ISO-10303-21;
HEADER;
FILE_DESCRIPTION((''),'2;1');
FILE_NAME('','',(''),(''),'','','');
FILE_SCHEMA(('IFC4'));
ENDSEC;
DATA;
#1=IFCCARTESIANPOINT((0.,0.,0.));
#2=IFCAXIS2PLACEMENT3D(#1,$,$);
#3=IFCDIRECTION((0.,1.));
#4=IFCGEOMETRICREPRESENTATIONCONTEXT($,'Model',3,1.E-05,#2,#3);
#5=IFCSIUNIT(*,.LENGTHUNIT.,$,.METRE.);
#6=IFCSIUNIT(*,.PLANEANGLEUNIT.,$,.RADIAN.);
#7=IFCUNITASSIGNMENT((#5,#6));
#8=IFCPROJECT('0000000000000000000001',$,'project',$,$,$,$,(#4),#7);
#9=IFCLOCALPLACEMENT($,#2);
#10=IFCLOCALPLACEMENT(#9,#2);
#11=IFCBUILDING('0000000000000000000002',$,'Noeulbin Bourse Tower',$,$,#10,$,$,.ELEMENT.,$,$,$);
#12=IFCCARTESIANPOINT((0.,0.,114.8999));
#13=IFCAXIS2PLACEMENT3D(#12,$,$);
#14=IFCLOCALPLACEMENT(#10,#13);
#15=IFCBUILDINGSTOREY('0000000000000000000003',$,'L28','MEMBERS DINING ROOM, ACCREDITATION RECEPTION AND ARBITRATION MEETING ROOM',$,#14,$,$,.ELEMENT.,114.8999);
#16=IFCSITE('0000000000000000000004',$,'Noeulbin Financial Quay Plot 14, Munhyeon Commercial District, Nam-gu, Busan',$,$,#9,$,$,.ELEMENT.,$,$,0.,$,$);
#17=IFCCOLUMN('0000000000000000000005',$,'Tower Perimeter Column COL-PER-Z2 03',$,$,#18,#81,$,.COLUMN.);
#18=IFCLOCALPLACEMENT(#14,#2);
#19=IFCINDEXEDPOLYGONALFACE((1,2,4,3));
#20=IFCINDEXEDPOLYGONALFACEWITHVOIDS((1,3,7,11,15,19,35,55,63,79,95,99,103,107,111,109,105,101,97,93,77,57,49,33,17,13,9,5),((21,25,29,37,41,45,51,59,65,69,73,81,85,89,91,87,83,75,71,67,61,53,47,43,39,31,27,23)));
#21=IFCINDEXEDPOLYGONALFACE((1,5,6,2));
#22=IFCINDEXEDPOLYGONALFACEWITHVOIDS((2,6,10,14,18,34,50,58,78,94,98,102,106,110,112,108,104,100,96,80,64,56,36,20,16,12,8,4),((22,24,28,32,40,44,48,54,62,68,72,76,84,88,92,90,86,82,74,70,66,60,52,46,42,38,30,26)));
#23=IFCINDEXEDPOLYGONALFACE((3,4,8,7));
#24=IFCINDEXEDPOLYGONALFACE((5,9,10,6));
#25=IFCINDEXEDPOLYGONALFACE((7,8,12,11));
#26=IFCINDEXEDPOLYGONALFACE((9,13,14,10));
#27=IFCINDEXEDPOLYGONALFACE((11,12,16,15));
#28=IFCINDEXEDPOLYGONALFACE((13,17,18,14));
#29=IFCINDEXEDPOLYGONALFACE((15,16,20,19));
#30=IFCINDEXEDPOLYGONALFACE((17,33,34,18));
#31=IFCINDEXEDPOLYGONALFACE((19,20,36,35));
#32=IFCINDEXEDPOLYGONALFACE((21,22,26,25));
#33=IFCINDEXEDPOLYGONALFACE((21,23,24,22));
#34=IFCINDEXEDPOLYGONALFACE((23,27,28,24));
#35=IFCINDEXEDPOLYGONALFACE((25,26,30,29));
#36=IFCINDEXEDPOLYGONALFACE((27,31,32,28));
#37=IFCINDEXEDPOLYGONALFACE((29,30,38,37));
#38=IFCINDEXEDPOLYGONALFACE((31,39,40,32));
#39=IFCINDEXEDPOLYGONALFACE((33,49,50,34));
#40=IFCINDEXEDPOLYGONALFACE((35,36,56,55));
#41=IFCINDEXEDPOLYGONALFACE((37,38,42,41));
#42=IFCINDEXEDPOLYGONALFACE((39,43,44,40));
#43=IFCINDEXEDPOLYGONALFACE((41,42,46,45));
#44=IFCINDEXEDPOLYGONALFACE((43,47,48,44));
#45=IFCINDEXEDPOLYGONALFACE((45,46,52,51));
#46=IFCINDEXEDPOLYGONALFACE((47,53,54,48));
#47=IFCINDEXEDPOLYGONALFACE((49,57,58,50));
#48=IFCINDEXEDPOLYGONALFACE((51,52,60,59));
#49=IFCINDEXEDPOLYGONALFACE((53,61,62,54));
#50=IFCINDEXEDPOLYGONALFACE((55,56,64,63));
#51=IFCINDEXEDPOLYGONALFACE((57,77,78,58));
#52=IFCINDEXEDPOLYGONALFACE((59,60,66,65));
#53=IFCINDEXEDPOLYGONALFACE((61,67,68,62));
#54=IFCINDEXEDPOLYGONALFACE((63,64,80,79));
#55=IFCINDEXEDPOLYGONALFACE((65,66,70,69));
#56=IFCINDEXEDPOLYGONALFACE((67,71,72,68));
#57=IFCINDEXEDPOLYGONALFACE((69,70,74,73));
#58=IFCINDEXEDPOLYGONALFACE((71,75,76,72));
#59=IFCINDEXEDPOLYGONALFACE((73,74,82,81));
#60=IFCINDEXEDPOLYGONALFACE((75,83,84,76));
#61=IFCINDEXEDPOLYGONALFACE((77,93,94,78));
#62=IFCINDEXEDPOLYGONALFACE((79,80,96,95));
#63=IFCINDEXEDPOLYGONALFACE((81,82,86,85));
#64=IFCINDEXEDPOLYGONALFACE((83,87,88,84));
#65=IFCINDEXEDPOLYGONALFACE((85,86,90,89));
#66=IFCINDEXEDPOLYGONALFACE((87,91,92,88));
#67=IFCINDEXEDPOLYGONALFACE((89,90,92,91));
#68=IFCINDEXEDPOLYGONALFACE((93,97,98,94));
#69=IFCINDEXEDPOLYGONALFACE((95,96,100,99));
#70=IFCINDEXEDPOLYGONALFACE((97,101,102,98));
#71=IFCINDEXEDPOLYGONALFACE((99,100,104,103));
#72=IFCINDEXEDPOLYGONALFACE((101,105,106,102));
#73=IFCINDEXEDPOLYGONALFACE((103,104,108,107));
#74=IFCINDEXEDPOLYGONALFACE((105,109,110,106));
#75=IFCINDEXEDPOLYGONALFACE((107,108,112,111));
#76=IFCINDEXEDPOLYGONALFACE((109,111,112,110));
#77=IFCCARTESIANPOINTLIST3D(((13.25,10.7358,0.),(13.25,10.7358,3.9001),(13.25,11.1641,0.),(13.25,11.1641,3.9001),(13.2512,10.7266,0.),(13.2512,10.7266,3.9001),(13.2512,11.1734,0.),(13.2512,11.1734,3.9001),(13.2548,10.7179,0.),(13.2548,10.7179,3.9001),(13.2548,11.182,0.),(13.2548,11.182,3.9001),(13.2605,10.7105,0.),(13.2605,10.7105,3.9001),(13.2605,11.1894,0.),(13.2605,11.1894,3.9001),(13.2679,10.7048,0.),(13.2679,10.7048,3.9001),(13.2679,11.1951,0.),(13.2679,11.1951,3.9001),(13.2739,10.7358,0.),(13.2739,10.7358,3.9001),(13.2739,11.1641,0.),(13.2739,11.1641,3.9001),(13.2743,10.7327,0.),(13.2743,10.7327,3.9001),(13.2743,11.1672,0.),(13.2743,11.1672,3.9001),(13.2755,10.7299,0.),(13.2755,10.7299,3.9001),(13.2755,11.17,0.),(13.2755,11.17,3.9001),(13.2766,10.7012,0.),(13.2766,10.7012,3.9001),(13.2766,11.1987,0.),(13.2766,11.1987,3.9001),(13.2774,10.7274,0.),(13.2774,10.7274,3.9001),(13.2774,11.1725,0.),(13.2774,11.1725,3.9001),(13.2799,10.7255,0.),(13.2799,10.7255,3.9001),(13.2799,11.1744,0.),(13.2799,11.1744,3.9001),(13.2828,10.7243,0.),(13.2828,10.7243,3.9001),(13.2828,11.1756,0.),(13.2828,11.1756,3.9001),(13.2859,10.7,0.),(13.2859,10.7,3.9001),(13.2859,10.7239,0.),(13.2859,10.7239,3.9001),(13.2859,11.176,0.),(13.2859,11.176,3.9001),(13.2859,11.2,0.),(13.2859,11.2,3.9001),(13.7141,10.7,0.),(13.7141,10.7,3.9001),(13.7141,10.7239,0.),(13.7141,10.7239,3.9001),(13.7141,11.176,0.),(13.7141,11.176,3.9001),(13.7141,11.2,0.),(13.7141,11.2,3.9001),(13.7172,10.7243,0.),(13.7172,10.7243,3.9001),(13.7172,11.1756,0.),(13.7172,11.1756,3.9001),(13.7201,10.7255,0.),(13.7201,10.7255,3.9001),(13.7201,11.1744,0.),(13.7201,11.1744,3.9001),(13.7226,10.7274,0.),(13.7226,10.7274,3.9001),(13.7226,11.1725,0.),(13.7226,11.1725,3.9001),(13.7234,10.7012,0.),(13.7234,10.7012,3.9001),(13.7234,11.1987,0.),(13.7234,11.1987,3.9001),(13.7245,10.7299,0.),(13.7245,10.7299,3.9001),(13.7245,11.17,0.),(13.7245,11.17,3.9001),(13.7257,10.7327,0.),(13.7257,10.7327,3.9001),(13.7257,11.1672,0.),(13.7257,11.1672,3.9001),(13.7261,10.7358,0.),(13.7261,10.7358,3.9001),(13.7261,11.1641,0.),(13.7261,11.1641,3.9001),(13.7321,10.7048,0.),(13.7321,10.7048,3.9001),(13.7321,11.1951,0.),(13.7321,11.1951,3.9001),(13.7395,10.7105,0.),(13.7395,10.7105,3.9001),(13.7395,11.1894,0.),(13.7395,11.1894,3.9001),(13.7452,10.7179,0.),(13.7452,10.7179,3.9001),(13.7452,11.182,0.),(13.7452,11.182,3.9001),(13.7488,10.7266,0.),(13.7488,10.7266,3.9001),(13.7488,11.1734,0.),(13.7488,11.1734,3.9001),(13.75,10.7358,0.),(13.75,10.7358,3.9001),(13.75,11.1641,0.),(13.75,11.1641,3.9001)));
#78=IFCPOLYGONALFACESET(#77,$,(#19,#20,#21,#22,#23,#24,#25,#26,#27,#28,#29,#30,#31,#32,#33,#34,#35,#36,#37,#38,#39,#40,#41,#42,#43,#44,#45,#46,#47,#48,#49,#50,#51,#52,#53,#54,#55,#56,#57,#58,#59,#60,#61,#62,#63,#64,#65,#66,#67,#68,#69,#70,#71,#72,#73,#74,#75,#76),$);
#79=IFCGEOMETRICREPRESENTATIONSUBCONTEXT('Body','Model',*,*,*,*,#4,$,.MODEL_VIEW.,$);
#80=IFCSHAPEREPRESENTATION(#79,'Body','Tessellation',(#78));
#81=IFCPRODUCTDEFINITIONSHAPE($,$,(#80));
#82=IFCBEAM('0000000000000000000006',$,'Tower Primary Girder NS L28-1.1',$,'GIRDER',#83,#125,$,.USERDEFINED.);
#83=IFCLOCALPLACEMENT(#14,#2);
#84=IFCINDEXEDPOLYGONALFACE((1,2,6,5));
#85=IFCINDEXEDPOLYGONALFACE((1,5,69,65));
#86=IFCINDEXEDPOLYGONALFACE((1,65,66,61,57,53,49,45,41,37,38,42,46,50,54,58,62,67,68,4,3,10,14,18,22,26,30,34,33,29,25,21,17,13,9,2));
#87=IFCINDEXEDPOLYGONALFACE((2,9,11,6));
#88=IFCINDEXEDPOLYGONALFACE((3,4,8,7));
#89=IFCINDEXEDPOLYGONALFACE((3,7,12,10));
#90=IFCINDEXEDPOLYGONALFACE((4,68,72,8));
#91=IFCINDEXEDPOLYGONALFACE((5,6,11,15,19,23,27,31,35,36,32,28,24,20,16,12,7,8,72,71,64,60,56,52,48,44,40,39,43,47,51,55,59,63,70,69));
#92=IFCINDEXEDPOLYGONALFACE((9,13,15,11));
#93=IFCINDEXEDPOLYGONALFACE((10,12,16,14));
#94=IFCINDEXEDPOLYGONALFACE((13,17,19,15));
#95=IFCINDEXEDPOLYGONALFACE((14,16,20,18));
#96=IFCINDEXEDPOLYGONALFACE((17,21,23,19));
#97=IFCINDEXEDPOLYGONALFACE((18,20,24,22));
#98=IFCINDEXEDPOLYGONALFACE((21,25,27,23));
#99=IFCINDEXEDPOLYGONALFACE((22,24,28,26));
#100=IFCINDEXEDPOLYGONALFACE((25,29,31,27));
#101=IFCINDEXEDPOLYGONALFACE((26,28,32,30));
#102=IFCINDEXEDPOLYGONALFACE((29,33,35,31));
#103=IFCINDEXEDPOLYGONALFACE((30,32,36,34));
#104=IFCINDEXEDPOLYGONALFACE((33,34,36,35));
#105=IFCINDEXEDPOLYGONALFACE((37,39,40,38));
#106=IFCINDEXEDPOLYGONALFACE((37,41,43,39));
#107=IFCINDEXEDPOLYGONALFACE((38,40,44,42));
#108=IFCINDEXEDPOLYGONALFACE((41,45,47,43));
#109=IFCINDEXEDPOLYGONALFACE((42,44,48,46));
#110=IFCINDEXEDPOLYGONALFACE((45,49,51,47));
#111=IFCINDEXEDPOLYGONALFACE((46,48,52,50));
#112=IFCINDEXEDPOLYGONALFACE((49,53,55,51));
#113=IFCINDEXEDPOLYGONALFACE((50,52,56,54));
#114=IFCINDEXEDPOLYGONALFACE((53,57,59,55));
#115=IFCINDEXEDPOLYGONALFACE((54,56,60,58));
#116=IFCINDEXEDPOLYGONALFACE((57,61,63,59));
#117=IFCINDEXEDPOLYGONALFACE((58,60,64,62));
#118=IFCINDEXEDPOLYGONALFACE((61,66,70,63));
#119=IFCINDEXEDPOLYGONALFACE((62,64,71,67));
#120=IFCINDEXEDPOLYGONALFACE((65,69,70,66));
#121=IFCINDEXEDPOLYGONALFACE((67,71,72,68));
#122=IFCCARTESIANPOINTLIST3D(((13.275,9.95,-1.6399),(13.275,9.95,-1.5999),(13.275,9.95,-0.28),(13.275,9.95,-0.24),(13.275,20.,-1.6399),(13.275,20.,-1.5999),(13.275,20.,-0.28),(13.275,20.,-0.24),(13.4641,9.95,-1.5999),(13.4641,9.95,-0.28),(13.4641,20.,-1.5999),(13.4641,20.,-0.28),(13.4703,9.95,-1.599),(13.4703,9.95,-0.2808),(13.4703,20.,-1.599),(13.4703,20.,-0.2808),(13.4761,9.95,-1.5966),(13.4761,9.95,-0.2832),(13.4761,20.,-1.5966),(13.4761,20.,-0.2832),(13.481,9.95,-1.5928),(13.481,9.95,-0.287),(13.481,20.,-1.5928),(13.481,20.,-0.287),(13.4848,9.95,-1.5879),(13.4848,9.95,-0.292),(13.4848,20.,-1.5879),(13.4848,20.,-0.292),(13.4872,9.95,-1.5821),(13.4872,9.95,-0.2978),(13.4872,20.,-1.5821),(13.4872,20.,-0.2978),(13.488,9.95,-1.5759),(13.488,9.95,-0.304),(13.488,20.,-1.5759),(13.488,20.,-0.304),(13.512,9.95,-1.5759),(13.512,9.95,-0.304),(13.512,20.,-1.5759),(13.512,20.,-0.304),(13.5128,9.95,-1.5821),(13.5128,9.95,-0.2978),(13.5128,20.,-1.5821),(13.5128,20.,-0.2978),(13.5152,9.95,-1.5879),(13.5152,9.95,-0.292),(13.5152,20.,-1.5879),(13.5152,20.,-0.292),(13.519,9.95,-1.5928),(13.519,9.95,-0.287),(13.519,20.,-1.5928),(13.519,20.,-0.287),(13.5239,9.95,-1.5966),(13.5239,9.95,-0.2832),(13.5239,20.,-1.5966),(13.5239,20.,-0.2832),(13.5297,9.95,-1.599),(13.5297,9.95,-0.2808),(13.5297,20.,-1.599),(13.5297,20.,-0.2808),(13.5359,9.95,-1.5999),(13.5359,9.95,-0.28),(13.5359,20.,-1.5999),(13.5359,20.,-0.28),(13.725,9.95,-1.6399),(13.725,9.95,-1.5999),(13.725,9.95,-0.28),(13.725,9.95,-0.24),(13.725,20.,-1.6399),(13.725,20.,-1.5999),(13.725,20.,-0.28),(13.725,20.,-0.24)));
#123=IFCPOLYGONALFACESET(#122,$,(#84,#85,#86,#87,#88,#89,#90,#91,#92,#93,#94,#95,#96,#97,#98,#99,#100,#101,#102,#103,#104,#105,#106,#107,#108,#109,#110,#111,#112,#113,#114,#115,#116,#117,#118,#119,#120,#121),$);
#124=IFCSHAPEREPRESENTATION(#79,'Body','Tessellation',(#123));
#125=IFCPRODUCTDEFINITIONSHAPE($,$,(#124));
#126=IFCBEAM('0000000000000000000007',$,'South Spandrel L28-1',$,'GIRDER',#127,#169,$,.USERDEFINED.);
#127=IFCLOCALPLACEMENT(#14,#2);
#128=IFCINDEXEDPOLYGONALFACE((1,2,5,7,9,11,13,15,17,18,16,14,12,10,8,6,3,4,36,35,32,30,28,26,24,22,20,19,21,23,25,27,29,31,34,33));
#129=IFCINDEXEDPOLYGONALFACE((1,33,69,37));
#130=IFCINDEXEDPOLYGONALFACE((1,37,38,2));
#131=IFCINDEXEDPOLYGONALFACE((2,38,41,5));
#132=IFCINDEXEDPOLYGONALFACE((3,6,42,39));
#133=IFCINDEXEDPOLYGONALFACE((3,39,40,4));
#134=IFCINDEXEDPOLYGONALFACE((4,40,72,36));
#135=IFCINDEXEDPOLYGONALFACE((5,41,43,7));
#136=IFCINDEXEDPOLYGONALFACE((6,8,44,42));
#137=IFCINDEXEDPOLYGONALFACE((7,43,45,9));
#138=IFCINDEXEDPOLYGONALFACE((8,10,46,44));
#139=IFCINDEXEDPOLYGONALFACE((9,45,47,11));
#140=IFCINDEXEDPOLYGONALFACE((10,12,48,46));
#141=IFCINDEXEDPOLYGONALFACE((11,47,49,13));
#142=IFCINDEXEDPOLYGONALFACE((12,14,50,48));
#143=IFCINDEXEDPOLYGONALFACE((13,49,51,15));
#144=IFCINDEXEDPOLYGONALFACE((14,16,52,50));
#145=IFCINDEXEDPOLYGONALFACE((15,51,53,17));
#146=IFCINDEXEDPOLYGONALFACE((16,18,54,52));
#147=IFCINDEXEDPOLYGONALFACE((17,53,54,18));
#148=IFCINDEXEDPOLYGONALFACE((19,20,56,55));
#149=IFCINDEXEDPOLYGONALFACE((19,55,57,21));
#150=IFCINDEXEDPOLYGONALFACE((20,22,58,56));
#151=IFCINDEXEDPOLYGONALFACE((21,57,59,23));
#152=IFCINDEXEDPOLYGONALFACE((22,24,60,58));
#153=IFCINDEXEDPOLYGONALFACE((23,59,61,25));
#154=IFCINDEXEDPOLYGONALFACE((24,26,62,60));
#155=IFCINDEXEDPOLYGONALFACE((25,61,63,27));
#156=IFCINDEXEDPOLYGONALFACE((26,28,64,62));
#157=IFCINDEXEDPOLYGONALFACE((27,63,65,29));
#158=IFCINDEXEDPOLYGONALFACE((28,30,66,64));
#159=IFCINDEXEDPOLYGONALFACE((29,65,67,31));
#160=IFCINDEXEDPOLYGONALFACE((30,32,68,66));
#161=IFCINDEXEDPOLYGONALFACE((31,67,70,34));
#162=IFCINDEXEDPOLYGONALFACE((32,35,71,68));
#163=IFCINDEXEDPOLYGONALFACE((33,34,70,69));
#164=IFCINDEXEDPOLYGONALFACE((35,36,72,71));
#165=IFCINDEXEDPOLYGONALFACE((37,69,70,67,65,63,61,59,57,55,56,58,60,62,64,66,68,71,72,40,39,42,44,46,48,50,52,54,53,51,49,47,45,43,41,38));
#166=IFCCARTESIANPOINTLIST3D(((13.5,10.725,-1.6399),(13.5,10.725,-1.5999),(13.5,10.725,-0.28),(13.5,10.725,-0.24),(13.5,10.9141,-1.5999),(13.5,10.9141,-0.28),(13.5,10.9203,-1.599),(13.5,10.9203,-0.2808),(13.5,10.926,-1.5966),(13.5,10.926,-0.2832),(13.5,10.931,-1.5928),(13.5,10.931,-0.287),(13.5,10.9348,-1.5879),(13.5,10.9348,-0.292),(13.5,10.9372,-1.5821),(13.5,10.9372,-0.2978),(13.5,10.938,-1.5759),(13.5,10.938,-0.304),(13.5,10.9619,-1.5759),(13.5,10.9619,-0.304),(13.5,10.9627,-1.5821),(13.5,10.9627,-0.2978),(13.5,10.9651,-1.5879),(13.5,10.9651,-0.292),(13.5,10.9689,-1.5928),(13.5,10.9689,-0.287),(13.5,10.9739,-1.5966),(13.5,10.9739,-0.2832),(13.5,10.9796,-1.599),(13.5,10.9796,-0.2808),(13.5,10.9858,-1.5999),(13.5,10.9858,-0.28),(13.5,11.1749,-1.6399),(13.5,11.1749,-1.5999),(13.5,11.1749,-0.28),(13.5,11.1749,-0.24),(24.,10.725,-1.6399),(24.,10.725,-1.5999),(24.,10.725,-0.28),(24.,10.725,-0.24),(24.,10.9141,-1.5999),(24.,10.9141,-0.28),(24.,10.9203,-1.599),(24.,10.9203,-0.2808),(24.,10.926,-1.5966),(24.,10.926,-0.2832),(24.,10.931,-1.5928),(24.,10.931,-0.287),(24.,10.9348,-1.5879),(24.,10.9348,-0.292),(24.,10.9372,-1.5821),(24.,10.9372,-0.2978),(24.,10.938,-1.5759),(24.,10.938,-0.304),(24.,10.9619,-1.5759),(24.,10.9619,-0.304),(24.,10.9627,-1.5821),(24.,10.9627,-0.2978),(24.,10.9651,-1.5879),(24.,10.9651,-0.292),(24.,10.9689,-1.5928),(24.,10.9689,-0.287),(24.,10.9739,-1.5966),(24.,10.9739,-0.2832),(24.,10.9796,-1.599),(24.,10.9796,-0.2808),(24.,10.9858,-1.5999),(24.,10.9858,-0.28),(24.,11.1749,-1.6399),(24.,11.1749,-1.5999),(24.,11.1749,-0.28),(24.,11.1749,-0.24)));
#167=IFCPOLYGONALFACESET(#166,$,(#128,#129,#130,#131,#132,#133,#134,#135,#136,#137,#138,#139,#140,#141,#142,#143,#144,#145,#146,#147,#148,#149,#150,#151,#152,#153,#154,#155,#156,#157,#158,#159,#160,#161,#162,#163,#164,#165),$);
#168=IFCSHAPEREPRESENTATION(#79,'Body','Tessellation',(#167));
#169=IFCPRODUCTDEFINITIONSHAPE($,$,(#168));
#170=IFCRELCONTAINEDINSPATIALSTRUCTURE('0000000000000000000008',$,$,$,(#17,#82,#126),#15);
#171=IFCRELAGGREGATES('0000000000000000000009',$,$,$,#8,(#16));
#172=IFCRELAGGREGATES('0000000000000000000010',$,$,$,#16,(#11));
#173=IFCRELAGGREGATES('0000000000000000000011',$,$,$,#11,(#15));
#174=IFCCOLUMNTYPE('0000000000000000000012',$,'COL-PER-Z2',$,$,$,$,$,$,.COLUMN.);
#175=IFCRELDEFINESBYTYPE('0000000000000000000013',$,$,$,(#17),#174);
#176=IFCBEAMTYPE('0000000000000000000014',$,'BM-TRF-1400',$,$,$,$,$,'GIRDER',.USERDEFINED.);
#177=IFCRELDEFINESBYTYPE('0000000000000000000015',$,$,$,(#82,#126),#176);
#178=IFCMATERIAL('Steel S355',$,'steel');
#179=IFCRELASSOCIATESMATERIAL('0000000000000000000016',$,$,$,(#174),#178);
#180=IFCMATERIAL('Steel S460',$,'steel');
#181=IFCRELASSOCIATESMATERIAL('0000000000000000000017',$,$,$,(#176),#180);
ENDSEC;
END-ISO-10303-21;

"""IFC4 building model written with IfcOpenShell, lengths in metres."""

from ifc_helpers import new_model, si_unit, direction, frame, origin, origin_2d, place, context, subcontext, project, spatial, hollow_rectangle, i_section, extrude, material, material_profile, profile_set, type_object, element, save


model = new_model("IFC4")

# Units and contexts
model_context = context("Model", 3, precision=1e-05, world=origin(), true_north=direction((0.0, 1.0)))
body_context = subcontext(model_context, "Body", "Model", "MODEL_VIEW")
ifc_project = project(units=[si_unit("LENGTHUNIT", "METRE"), si_unit("PLANEANGLEUNIT", "RADIAN")], contexts=[model_context])

# Site, building, storey
site_placement = place(None, origin())
site = spatial("IfcSite", under=ifc_project, at=site_placement, Name="Noeulbin Financial Quay Plot 14, Munhyeon Commercial District, Nam-gu, Busan", CompositionType="ELEMENT", RefElevation=0.0)
building_placement = place(site_placement, origin())
building = spatial("IfcBuilding", under=site, at=building_placement, Name="Noeulbin Bourse Tower", CompositionType="ELEMENT")
storey_placement = place(building_placement, frame((0.0, 0.0, 114.8999)))
storey = spatial("IfcBuildingStorey", under=building, at=storey_placement, Name="L28", Description="MEMBERS DINING ROOM, ACCREDITATION RECEPTION AND ARBITRATION MEETING ROOM", CompositionType="ELEMENT", Elevation=114.8999)

# Column
ifc_material_1 = material(Name="Steel S355", Category="steel")
ifc_material_profile_1 = material_profile(ifc_material_1, hollow_rectangle(XDim=0.5, YDim=0.5, WallThickness=0.0239, InnerFilletRadius=0.012, OuterFilletRadius=0.0359, at=origin_2d()), Name="BOX-500x500x24", Category="LoadBearing")
ifc_profile_set_1 = profile_set([ifc_material_profile_1], Name="Steel S355")
column_type = type_object("IfcColumnType", Name="COL-PER-Z2", PredefinedType="COLUMN", material=ifc_profile_set_1)
column_placement = place(storey_placement, frame((13.5, 10.95, 0.0), z_axis=(0.0, 0.0, 1.0), x_axis=(1.0, 0.0, 0.0)))
element("IfcColumn", 1, at=column_placement, inside=storey, type_object=column_type, Name="Tower Perimeter Column COL-PER-Z2 03", PredefinedType="COLUMN", context=body_context, shape_type="SweptSolid", body=[
    extrude(hollow_rectangle(XDim=0.5, YDim=0.5, WallThickness=0.0239, InnerFilletRadius=0.012, OuterFilletRadius=0.0359, at=origin_2d()), origin(), (0.0, 0.0, 1.0), 3.9001),
])

# Beams
ifc_material_2 = material(Name="Steel S460", Category="steel")
ifc_material_profile_2 = material_profile(ifc_material_2, i_section(OverallWidth=0.45, OverallDepth=1.3999, WebThickness=0.0239, FlangeThickness=0.04, FilletRadius=0.0239, at=origin_2d()), Name="PG-1400x450x24x40", Category="LoadBearing")
ifc_profile_set_2 = profile_set([ifc_material_profile_2], Name="Steel S460")
beam_type = type_object("IfcBeamType", Name="BM-TRF-1400", ElementType="GIRDER", PredefinedType="USERDEFINED", material=ifc_profile_set_2)
beam_1_placement = place(storey_placement, frame((13.5, 9.95, -0.9399), z_axis=(0.0, 1.0, 0.0), x_axis=(-1.0, 0.0, 0.0)))
element("IfcBeam", 2, at=beam_1_placement, inside=storey, type_object=beam_type, Name="Tower Primary Girder NS L28-1.1", ObjectType="GIRDER", PredefinedType="USERDEFINED", context=body_context, shape_type="SweptSolid", body=[
    extrude(i_section(OverallWidth=0.45, OverallDepth=1.3999, WebThickness=0.0239, FlangeThickness=0.04, FilletRadius=0.0239, at=origin_2d()), origin(), (0.0, 0.0, 1.0), 10.05),
])
beam_2_placement = place(storey_placement, frame((13.5, 10.95, -0.9399), z_axis=(1.0, 0.0, 0.0), x_axis=(0.0, 1.0, 0.0)))
element("IfcBeam", 3, at=beam_2_placement, inside=storey, type_object=beam_type, Name="South Spandrel L28-1", ObjectType="GIRDER", PredefinedType="USERDEFINED", context=body_context, shape_type="SweptSolid", body=[
    extrude(i_section(OverallWidth=0.45, OverallDepth=1.3999, WebThickness=0.0239, FlangeThickness=0.04, FilletRadius=0.0239, at=origin_2d()), origin(), (0.0, 0.0, 1.0), 10.5),
])

save(model, "model.ifc")
